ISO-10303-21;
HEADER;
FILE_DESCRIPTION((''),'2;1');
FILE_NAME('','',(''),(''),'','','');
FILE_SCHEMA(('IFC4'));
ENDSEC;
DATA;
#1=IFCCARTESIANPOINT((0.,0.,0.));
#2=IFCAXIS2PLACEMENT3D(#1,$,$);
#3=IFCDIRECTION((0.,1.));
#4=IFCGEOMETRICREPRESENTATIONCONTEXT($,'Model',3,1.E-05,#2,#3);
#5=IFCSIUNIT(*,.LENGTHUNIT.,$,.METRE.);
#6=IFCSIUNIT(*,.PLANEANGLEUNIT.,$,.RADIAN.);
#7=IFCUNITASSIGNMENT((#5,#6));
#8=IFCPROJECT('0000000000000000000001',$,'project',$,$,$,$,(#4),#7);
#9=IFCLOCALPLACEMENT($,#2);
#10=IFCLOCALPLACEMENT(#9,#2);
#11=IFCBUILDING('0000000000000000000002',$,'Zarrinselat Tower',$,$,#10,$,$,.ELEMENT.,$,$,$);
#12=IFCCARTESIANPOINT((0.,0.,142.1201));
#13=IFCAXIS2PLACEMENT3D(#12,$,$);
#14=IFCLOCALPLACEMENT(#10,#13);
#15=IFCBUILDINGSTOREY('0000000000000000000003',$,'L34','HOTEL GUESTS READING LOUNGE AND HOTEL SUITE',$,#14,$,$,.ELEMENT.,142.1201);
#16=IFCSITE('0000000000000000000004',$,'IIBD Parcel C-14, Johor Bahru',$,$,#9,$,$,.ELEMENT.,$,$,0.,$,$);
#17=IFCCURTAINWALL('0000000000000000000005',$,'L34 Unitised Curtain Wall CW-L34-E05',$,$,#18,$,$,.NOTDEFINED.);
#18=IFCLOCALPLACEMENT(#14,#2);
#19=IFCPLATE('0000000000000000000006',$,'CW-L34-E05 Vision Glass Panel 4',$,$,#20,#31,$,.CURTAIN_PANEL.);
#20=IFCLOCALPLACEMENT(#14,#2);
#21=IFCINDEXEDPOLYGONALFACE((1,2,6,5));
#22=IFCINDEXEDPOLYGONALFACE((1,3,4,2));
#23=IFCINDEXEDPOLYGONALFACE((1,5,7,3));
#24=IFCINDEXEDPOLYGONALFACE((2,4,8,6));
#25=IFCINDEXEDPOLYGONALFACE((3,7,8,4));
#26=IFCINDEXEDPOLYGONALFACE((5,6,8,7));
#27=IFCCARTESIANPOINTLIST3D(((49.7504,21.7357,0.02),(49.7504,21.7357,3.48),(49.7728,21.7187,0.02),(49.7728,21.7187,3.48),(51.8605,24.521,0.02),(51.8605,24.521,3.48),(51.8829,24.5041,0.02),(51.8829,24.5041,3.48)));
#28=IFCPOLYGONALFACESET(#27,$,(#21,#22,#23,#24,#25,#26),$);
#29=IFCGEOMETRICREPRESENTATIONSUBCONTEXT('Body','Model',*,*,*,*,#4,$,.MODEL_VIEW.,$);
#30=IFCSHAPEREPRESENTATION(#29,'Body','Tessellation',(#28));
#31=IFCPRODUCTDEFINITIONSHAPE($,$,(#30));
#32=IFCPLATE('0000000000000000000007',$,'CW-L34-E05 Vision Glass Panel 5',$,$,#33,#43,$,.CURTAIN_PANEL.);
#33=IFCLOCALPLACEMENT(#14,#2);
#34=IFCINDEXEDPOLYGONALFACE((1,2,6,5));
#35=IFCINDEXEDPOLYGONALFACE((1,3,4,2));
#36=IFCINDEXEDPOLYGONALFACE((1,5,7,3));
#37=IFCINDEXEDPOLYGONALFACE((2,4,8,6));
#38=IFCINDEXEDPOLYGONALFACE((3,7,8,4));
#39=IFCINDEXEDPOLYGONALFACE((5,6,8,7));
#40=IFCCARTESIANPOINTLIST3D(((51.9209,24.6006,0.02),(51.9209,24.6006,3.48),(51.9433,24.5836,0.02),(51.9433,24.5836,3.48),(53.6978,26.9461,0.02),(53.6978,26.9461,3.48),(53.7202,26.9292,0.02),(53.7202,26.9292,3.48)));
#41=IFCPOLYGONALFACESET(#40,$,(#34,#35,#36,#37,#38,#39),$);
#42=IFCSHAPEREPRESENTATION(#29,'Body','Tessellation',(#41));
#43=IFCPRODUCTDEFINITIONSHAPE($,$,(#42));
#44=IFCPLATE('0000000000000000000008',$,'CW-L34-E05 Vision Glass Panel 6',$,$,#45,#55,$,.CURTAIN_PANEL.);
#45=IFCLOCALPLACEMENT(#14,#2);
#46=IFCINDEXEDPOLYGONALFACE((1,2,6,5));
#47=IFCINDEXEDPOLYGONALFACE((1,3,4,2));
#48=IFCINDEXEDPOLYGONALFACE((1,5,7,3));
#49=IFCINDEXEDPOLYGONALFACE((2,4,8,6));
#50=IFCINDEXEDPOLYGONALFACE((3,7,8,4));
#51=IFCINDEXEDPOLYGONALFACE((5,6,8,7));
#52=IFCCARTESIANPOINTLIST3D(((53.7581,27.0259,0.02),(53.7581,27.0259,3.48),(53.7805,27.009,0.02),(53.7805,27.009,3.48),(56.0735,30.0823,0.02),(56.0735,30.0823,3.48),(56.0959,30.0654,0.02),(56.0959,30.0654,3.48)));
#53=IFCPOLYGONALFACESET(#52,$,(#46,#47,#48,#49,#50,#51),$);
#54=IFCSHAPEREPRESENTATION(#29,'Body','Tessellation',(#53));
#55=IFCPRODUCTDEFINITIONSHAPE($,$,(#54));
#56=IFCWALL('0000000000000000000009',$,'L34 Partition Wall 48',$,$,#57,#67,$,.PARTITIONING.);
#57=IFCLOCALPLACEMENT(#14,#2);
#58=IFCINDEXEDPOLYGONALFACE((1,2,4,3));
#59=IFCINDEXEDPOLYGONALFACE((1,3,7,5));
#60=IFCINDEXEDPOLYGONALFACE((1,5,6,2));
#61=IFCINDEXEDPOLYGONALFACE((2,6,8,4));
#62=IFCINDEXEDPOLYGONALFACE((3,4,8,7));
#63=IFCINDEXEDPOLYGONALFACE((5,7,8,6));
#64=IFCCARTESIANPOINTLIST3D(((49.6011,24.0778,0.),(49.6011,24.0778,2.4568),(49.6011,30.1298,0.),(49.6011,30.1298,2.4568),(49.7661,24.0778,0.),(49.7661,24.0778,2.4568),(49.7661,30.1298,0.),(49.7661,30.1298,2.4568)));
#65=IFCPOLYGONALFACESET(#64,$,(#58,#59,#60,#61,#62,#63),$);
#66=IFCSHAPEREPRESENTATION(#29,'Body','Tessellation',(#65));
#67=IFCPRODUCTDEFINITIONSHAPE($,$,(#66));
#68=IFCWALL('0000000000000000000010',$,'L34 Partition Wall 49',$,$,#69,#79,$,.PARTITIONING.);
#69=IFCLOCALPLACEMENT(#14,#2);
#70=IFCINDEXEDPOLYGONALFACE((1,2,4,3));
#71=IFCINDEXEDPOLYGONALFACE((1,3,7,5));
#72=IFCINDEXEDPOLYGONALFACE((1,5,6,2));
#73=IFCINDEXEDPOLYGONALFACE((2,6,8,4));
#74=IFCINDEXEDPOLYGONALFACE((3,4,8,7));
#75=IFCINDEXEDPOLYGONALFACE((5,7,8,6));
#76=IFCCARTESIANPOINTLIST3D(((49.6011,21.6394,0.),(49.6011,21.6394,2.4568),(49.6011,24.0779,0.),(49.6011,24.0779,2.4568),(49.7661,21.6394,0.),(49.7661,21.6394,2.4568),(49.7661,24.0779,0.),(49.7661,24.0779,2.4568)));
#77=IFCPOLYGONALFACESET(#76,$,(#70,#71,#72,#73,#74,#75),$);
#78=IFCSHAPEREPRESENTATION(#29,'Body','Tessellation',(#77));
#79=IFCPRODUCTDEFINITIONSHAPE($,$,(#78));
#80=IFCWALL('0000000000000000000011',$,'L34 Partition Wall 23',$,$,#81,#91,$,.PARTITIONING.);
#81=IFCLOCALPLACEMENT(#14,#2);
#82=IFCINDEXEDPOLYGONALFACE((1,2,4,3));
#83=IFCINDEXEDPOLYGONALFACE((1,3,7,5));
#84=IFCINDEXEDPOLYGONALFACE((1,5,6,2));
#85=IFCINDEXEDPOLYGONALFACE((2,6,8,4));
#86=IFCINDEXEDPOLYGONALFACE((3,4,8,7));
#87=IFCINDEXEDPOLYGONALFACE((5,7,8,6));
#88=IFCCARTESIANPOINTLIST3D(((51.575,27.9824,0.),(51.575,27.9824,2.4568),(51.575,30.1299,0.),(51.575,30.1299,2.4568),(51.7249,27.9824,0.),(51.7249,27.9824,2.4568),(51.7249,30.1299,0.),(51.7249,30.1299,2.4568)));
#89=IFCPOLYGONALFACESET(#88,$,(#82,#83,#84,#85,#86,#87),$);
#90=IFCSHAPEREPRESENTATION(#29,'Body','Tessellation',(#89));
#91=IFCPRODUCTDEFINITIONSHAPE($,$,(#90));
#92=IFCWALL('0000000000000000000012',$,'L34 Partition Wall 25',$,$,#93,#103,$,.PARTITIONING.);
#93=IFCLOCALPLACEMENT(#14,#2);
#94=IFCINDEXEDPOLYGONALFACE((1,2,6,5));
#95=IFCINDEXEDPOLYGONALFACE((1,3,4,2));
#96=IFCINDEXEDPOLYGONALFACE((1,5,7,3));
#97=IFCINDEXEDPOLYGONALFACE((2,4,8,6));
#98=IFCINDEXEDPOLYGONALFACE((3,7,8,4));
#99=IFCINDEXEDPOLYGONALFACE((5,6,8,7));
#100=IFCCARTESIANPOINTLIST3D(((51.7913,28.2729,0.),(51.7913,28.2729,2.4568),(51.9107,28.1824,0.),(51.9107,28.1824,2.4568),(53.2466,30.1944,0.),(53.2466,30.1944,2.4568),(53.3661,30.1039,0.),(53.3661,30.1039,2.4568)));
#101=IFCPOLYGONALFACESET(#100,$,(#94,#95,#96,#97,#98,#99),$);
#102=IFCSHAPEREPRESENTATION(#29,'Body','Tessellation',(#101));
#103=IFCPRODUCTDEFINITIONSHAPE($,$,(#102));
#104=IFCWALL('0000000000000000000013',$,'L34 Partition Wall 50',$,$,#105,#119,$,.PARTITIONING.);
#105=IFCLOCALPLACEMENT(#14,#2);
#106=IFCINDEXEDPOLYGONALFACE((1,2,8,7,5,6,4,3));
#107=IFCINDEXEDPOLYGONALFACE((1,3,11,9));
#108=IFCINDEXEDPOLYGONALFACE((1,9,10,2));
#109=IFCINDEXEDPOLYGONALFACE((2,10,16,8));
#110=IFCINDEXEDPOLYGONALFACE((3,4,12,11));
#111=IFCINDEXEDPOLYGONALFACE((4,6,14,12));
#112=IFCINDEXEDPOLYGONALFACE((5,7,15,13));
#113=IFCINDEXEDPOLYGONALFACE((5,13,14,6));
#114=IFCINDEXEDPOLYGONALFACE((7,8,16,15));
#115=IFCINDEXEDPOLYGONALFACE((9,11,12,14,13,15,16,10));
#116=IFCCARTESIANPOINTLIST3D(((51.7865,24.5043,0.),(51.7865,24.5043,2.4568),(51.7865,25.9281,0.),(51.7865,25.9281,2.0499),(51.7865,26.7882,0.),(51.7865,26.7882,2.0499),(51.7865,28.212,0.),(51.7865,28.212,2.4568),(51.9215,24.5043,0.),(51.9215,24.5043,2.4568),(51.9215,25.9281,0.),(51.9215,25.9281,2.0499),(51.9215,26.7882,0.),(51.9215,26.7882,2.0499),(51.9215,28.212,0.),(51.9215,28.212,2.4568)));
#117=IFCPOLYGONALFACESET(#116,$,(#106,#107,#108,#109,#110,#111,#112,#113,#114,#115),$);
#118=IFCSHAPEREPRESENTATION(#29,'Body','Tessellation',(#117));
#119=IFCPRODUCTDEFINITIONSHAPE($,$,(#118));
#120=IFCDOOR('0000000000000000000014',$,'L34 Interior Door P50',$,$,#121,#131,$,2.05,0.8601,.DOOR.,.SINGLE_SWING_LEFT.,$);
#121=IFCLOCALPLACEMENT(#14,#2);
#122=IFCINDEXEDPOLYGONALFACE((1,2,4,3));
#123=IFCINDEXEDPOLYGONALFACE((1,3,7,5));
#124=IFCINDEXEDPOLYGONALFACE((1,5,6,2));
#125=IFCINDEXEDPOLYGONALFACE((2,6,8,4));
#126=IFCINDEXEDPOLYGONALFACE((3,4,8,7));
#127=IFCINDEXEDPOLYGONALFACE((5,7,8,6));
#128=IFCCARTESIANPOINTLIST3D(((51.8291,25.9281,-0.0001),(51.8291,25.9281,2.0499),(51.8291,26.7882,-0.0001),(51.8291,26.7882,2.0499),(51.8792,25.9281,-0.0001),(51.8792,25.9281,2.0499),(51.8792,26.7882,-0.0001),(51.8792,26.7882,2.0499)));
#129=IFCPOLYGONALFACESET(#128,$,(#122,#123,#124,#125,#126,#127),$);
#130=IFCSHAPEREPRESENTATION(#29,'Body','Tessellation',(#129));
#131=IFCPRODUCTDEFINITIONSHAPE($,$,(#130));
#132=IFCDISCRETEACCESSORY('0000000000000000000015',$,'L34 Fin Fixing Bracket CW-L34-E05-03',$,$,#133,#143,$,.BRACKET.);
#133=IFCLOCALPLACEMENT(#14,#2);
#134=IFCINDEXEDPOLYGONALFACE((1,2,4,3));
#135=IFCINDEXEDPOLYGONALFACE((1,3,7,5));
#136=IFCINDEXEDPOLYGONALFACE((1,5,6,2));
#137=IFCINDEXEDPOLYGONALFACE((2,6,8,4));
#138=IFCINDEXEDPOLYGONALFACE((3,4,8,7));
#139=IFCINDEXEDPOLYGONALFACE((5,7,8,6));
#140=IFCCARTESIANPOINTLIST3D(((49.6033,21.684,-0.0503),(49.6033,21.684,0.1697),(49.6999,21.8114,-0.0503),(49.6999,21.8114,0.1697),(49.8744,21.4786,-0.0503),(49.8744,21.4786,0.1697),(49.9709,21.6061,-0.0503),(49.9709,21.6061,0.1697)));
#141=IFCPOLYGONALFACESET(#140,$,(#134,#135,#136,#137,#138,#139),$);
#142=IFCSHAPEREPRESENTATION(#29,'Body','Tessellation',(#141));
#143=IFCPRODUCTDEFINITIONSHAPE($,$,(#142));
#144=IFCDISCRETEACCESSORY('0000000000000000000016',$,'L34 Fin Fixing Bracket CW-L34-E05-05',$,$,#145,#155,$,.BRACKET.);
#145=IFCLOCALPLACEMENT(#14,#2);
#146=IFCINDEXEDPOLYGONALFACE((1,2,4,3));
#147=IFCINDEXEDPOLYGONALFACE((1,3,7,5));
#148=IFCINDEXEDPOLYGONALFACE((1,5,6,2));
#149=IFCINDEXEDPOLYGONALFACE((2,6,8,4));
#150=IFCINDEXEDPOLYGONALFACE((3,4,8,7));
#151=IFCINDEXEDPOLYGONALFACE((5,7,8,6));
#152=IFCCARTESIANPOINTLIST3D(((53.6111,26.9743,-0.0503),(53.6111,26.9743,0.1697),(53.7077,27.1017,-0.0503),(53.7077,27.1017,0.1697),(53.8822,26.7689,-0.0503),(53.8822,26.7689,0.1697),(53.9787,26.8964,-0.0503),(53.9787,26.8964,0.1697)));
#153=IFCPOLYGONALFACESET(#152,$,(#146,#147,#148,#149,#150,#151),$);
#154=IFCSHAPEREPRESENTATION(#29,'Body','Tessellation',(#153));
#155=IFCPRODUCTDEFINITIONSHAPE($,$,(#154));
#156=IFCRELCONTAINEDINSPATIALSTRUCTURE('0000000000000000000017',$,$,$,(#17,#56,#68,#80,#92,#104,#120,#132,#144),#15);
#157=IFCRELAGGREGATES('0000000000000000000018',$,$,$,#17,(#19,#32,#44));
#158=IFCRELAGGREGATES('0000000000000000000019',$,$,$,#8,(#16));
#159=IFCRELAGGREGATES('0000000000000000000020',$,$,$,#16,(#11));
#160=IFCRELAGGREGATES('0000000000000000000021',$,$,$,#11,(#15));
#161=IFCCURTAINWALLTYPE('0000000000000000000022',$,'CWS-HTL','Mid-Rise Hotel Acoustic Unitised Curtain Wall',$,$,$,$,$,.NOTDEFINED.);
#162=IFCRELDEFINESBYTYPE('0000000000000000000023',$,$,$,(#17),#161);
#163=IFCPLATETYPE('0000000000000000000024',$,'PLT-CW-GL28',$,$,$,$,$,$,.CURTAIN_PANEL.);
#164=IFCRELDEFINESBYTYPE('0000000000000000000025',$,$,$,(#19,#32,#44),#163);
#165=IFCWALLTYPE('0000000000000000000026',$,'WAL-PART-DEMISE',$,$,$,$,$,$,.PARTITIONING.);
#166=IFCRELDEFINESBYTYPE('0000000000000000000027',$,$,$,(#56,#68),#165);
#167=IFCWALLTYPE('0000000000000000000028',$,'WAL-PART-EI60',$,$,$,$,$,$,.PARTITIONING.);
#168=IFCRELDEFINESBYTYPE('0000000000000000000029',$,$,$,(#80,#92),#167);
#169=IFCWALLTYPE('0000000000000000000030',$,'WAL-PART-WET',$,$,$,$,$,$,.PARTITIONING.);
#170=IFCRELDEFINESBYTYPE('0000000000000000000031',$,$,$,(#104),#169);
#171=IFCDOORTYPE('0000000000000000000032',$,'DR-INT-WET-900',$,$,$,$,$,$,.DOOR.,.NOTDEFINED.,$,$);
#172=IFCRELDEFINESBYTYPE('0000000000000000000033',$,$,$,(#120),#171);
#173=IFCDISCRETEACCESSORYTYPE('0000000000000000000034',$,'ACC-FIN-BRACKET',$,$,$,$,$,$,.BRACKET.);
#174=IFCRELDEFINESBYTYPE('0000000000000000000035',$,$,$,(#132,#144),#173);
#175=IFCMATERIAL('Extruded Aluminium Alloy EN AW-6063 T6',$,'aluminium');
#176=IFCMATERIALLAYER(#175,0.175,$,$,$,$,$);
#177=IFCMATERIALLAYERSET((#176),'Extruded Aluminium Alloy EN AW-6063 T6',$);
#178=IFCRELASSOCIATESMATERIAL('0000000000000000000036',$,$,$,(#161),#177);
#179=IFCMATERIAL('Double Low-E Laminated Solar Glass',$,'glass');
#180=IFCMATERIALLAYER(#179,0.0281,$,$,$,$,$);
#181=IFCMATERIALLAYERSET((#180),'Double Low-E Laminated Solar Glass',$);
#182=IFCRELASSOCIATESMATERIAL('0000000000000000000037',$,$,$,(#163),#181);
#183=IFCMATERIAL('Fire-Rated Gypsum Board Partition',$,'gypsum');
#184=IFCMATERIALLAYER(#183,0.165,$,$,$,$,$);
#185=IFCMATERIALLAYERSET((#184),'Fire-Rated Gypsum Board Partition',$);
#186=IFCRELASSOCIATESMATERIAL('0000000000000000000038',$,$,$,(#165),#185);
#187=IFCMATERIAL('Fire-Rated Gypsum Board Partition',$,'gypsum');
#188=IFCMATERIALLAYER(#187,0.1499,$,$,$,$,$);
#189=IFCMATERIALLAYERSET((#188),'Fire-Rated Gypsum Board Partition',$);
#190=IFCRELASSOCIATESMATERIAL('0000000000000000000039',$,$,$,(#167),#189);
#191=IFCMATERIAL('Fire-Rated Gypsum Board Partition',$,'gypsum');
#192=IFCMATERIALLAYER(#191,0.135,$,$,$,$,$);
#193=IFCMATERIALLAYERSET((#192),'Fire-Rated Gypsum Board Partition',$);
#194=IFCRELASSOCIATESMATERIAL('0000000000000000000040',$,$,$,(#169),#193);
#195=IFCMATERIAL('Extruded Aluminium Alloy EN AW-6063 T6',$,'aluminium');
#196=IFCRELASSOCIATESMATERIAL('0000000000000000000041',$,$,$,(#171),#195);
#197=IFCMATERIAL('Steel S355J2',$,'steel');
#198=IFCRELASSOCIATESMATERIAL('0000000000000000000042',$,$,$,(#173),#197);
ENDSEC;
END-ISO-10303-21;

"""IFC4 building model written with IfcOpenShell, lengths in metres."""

from ifc_helpers import new_model, si_unit, direction, frame, frame_2d, origin, origin_2d, place, context, subcontext, project, spatial, rectangle, extrude, material, layer, layer_set, type_object, element, fill, aggregate, save


model = new_model("IFC4")

# Units and contexts
model_context = context("Model", 3, precision=1e-05, world=origin(), true_north=direction((0.0, 1.0)))
body_context = subcontext(model_context, "Body", "Model", "MODEL_VIEW")
ifc_project = project(units=[si_unit("LENGTHUNIT", "METRE"), si_unit("PLANEANGLEUNIT", "RADIAN")], contexts=[model_context])

# Site, building, storey
site_placement = place(None, origin())
site = spatial("IfcSite", under=ifc_project, at=site_placement, Name="IIBD Parcel C-14, Johor Bahru", CompositionType="ELEMENT", RefElevation=0.0)
building_placement = place(site_placement, origin())
building = spatial("IfcBuilding", under=site, at=building_placement, Name="Zarrinselat Tower", CompositionType="ELEMENT")
storey_placement = place(building_placement, frame((0.0, 0.0, 142.1201)))
storey = spatial("IfcBuildingStorey", under=building, at=storey_placement, Name="L34", Description="HOTEL GUESTS READING LOUNGE AND HOTEL SUITE", CompositionType="ELEMENT", Elevation=142.1201)

# Curtain wall, plates
ifc_material_1 = material(Name="Extruded Aluminium Alloy EN AW-6063 T6", Category="aluminium")
ifc_layer_1 = layer(ifc_material_1, 0.175)
ifc_layer_set_1 = layer_set([ifc_layer_1], Name="Extruded Aluminium Alloy EN AW-6063 T6")
curtain_wall_type = type_object("IfcCurtainWallType", Name="CWS-HTL", Description="Mid-Rise Hotel Acoustic Unitised Curtain Wall", PredefinedType="NOTDEFINED", material=ifc_layer_set_1)
curtain_wall_placement = place(storey_placement, origin())
curtain_wall = element("IfcCurtainWall", 1, at=curtain_wall_placement, inside=storey, type_object=curtain_wall_type, Name="L34 Unitised Curtain Wall CW-L34-E05", PredefinedType="NOTDEFINED")
ifc_material_2 = material(Name="Double Low-E Laminated Solar Glass", Category="glass")
ifc_layer_2 = layer(ifc_material_2, 0.0281)
ifc_layer_set_2 = layer_set([ifc_layer_2], Name="Double Low-E Laminated Solar Glass")
plate_type = type_object("IfcPlateType", Name="PLT-CW-GL28", PredefinedType="CURTAIN_PANEL", material=ifc_layer_set_2)
plate_1_placement = place(storey_placement, frame((50.8167, 23.1199, 0.02), z_axis=(0.0, 0.0, 1.0), x_axis=(0.603856, 0.797094, 0.0)))
plate_1 = element("IfcPlate", 2, at=plate_1_placement, type_object=plate_type, Name="CW-L34-E05 Vision Glass Panel 4", PredefinedType="CURTAIN_PANEL", context=body_context, shape_type="SweptSolid", body=[
    extrude(rectangle(XDim=3.4944, YDim=0.0281, at=origin_2d()), origin(), (0.0, 0.0, 1.0), 3.46),
])
plate_2_placement = place(storey_placement, frame((52.8206, 25.7649, 0.02), z_axis=(0.0, 0.0, 1.0), x_axis=(0.603856, 0.797094, 0.0)))
plate_2 = element("IfcPlate", 3, at=plate_2_placement, type_object=plate_type, Name="CW-L34-E05 Vision Glass Panel 5", PredefinedType="CURTAIN_PANEL", context=body_context, shape_type="SweptSolid", body=[
    extrude(rectangle(XDim=2.9426, YDim=0.0281, at=origin_2d()), origin(), (0.0, 0.0, 1.0), 3.46),
])
plate_3_placement = place(storey_placement, frame((54.927, 28.5457, 0.02), z_axis=(0.0, 0.0, 1.0), x_axis=(0.603856, 0.797094, 0.0)))
plate_3 = element("IfcPlate", 4, at=plate_3_placement, type_object=plate_type, Name="CW-L34-E05 Vision Glass Panel 6", PredefinedType="CURTAIN_PANEL", context=body_context, shape_type="SweptSolid", body=[
    extrude(rectangle(XDim=3.8345, YDim=0.0281, at=origin_2d()), origin(), (0.0, 0.0, 1.0), 3.46),
])
aggregate(curtain_wall, [plate_1, plate_2, plate_3])

# Walls
ifc_material_3 = material(Name="Fire-Rated Gypsum Board Partition", Category="gypsum")
ifc_layer_3 = layer(ifc_material_3, 0.165)
ifc_layer_set_3 = layer_set([ifc_layer_3], Name="Fire-Rated Gypsum Board Partition")
wall_type_1 = type_object("IfcWallType", Name="WAL-PART-DEMISE", PredefinedType="PARTITIONING", material=ifc_layer_set_3)
wall_1_placement = place(storey_placement, frame((49.6836, 24.0779, 0.0), z_axis=(0.0, 0.0, 1.0), x_axis=(0.0, 1.0, 0.0)))
element("IfcWall", 5, at=wall_1_placement, inside=storey, type_object=wall_type_1, Name="L34 Partition Wall 48", PredefinedType="PARTITIONING", context=body_context, shape_type="SweptSolid", body=[
    extrude(rectangle(XDim=6.052, YDim=0.165, at=frame_2d((3.0259, 0.0))), origin(), (0.0, 0.0, 1.0), 2.4568),
])
wall_2_placement = place(storey_placement, frame((49.6836, 21.6394, 0.0), z_axis=(0.0, 0.0, 1.0), x_axis=(0.0, 1.0, 0.0)))
element("IfcWall", 6, at=wall_2_placement, inside=storey, type_object=wall_type_1, Name="L34 Partition Wall 49", PredefinedType="PARTITIONING", context=body_context, shape_type="SweptSolid", body=[
    extrude(rectangle(XDim=2.4385, YDim=0.165, at=frame_2d((1.2192, 0.0))), origin(), (0.0, 0.0, 1.0), 2.4568),
])
ifc_material_4 = material(Name="Fire-Rated Gypsum Board Partition", Category="gypsum")
ifc_layer_4 = layer(ifc_material_4, 0.1499)
ifc_layer_set_4 = layer_set([ifc_layer_4], Name="Fire-Rated Gypsum Board Partition")
wall_type_2 = type_object("IfcWallType", Name="WAL-PART-EI60", PredefinedType="PARTITIONING", material=ifc_layer_set_4)
wall_3_placement = place(storey_placement, frame((51.6499, 27.9824, 0.0), z_axis=(0.0, 0.0, 1.0), x_axis=(0.0, 1.0, 0.0)))
element("IfcWall", 7, at=wall_3_placement, inside=storey, type_object=wall_type_2, Name="L34 Partition Wall 23", PredefinedType="PARTITIONING", context=body_context, shape_type="SweptSolid", body=[
    extrude(rectangle(XDim=2.1475, YDim=0.1499, at=frame_2d((1.0737, 0.0))), origin(), (0.0, 0.0, 1.0), 2.4568),
])
wall_4_placement = place(storey_placement, frame((51.8511, 28.2278, 0.0), z_axis=(0.0, 0.0, 1.0), x_axis=(0.603786, 0.797147, 0.0)))
element("IfcWall", 8, at=wall_4_placement, inside=storey, type_object=wall_type_2, Name="L34 Partition Wall 25", PredefinedType="PARTITIONING", context=body_context, shape_type="SweptSolid", body=[
    extrude(rectangle(XDim=2.4104, YDim=0.1499, at=frame_2d((1.2051, 0.0))), origin(), (0.0, 0.0, 1.0), 2.4568),
])

# Wall, opening, door
ifc_material_5 = material(Name="Fire-Rated Gypsum Board Partition", Category="gypsum")
ifc_layer_5 = layer(ifc_material_5, 0.135)
ifc_layer_set_5 = layer_set([ifc_layer_5], Name="Fire-Rated Gypsum Board Partition")
wall_type_3 = type_object("IfcWallType", Name="WAL-PART-WET", PredefinedType="PARTITIONING", material=ifc_layer_set_5)
wall_5_placement = place(storey_placement, frame((51.854, 24.5042, 0.0), z_axis=(0.0, 0.0, 1.0), x_axis=(0.0, 1.0, 0.0)))
wall_5 = element("IfcWall", 9, at=wall_5_placement, inside=storey, type_object=wall_type_3, Name="L34 Partition Wall 50", PredefinedType="PARTITIONING", context=body_context, shape_type="SweptSolid", body=[
    extrude(rectangle(XDim=3.7078, YDim=0.135, at=frame_2d((1.854, 0.0))), origin(), (0.0, 0.0, 1.0), 2.4568),
])
opening_placement = place(wall_5_placement, frame((1.4238, 0.0, 0.0)))
opening = element("IfcOpeningElement", 10, at=opening_placement, cuts=wall_5, PredefinedType="OPENING", context=body_context, shape_type="SweptSolid", body=[
    extrude(rectangle(XDim=0.8601, YDim=2.05, at=frame_2d((0.4302, 1.0249))), frame((0.0, 0.0774, 0.0), z_axis=(0.0, -1.0, 0.0), x_axis=(1.0, 0.0, 0.0)), (0.0, 0.0, 1.0), 0.155),
])
ifc_material_6 = material(Name="Extruded Aluminium Alloy EN AW-6063 T6", Category="aluminium")
door_type = type_object("IfcDoorType", Name="DR-INT-WET-900", OperationType="NOTDEFINED", PredefinedType="DOOR", material=ifc_material_6)
door_placement = place(opening_placement, origin())
door = element("IfcDoor", 11, at=door_placement, inside=storey, type_object=door_type, Name="L34 Interior Door P50", OperationType="SINGLE_SWING_LEFT", OverallHeight=2.05, OverallWidth=0.8601, PredefinedType="DOOR", context=body_context, shape_type="SweptSolid", body=[
    extrude(rectangle(XDim=0.8601, YDim=2.05, at=frame_2d((0.4302, 1.0249))), frame((0.0, 0.0249, 0.0), z_axis=(0.0, -1.0, 0.0), x_axis=(1.0, 0.0, 0.0)), (0.0, 0.0, 1.0), 0.05),
])
fill(opening, door)

# Discrete accessories
ifc_material_7 = material(Name="Steel S355J2", Category="steel")
discrete_accessory_type = type_object("IfcDiscreteAccessoryType", Name="ACC-FIN-BRACKET", PredefinedType="BRACKET", material=ifc_material_7)
for number, where, z_axis, x_axis, name in (
    (12, (49.7871, 21.645, -0.0503), (0.0, 0.0, 1.0), (0.797094, -0.603856, 0.0), "L34 Fin Fixing Bracket CW-L34-E05-03"),
    (13, (53.7949, 26.9353, -0.0503), (0.0, 0.0, 1.0), (0.797094, -0.603856, 0.0), "L34 Fin Fixing Bracket CW-L34-E05-05"),
):
    element("IfcDiscreteAccessory", number, at=place(storey_placement, frame(where, z_axis=z_axis, x_axis=x_axis)), inside=storey, type_object=discrete_accessory_type, Name=name, PredefinedType="BRACKET", context=body_context, shape_type="SweptSolid", body=[
        extrude(rectangle(XDim=0.3401, YDim=0.1599, at=origin_2d()), origin(), (0.0, 0.0, 1.0), 0.22),
    ])

save(model, "model.ifc")
